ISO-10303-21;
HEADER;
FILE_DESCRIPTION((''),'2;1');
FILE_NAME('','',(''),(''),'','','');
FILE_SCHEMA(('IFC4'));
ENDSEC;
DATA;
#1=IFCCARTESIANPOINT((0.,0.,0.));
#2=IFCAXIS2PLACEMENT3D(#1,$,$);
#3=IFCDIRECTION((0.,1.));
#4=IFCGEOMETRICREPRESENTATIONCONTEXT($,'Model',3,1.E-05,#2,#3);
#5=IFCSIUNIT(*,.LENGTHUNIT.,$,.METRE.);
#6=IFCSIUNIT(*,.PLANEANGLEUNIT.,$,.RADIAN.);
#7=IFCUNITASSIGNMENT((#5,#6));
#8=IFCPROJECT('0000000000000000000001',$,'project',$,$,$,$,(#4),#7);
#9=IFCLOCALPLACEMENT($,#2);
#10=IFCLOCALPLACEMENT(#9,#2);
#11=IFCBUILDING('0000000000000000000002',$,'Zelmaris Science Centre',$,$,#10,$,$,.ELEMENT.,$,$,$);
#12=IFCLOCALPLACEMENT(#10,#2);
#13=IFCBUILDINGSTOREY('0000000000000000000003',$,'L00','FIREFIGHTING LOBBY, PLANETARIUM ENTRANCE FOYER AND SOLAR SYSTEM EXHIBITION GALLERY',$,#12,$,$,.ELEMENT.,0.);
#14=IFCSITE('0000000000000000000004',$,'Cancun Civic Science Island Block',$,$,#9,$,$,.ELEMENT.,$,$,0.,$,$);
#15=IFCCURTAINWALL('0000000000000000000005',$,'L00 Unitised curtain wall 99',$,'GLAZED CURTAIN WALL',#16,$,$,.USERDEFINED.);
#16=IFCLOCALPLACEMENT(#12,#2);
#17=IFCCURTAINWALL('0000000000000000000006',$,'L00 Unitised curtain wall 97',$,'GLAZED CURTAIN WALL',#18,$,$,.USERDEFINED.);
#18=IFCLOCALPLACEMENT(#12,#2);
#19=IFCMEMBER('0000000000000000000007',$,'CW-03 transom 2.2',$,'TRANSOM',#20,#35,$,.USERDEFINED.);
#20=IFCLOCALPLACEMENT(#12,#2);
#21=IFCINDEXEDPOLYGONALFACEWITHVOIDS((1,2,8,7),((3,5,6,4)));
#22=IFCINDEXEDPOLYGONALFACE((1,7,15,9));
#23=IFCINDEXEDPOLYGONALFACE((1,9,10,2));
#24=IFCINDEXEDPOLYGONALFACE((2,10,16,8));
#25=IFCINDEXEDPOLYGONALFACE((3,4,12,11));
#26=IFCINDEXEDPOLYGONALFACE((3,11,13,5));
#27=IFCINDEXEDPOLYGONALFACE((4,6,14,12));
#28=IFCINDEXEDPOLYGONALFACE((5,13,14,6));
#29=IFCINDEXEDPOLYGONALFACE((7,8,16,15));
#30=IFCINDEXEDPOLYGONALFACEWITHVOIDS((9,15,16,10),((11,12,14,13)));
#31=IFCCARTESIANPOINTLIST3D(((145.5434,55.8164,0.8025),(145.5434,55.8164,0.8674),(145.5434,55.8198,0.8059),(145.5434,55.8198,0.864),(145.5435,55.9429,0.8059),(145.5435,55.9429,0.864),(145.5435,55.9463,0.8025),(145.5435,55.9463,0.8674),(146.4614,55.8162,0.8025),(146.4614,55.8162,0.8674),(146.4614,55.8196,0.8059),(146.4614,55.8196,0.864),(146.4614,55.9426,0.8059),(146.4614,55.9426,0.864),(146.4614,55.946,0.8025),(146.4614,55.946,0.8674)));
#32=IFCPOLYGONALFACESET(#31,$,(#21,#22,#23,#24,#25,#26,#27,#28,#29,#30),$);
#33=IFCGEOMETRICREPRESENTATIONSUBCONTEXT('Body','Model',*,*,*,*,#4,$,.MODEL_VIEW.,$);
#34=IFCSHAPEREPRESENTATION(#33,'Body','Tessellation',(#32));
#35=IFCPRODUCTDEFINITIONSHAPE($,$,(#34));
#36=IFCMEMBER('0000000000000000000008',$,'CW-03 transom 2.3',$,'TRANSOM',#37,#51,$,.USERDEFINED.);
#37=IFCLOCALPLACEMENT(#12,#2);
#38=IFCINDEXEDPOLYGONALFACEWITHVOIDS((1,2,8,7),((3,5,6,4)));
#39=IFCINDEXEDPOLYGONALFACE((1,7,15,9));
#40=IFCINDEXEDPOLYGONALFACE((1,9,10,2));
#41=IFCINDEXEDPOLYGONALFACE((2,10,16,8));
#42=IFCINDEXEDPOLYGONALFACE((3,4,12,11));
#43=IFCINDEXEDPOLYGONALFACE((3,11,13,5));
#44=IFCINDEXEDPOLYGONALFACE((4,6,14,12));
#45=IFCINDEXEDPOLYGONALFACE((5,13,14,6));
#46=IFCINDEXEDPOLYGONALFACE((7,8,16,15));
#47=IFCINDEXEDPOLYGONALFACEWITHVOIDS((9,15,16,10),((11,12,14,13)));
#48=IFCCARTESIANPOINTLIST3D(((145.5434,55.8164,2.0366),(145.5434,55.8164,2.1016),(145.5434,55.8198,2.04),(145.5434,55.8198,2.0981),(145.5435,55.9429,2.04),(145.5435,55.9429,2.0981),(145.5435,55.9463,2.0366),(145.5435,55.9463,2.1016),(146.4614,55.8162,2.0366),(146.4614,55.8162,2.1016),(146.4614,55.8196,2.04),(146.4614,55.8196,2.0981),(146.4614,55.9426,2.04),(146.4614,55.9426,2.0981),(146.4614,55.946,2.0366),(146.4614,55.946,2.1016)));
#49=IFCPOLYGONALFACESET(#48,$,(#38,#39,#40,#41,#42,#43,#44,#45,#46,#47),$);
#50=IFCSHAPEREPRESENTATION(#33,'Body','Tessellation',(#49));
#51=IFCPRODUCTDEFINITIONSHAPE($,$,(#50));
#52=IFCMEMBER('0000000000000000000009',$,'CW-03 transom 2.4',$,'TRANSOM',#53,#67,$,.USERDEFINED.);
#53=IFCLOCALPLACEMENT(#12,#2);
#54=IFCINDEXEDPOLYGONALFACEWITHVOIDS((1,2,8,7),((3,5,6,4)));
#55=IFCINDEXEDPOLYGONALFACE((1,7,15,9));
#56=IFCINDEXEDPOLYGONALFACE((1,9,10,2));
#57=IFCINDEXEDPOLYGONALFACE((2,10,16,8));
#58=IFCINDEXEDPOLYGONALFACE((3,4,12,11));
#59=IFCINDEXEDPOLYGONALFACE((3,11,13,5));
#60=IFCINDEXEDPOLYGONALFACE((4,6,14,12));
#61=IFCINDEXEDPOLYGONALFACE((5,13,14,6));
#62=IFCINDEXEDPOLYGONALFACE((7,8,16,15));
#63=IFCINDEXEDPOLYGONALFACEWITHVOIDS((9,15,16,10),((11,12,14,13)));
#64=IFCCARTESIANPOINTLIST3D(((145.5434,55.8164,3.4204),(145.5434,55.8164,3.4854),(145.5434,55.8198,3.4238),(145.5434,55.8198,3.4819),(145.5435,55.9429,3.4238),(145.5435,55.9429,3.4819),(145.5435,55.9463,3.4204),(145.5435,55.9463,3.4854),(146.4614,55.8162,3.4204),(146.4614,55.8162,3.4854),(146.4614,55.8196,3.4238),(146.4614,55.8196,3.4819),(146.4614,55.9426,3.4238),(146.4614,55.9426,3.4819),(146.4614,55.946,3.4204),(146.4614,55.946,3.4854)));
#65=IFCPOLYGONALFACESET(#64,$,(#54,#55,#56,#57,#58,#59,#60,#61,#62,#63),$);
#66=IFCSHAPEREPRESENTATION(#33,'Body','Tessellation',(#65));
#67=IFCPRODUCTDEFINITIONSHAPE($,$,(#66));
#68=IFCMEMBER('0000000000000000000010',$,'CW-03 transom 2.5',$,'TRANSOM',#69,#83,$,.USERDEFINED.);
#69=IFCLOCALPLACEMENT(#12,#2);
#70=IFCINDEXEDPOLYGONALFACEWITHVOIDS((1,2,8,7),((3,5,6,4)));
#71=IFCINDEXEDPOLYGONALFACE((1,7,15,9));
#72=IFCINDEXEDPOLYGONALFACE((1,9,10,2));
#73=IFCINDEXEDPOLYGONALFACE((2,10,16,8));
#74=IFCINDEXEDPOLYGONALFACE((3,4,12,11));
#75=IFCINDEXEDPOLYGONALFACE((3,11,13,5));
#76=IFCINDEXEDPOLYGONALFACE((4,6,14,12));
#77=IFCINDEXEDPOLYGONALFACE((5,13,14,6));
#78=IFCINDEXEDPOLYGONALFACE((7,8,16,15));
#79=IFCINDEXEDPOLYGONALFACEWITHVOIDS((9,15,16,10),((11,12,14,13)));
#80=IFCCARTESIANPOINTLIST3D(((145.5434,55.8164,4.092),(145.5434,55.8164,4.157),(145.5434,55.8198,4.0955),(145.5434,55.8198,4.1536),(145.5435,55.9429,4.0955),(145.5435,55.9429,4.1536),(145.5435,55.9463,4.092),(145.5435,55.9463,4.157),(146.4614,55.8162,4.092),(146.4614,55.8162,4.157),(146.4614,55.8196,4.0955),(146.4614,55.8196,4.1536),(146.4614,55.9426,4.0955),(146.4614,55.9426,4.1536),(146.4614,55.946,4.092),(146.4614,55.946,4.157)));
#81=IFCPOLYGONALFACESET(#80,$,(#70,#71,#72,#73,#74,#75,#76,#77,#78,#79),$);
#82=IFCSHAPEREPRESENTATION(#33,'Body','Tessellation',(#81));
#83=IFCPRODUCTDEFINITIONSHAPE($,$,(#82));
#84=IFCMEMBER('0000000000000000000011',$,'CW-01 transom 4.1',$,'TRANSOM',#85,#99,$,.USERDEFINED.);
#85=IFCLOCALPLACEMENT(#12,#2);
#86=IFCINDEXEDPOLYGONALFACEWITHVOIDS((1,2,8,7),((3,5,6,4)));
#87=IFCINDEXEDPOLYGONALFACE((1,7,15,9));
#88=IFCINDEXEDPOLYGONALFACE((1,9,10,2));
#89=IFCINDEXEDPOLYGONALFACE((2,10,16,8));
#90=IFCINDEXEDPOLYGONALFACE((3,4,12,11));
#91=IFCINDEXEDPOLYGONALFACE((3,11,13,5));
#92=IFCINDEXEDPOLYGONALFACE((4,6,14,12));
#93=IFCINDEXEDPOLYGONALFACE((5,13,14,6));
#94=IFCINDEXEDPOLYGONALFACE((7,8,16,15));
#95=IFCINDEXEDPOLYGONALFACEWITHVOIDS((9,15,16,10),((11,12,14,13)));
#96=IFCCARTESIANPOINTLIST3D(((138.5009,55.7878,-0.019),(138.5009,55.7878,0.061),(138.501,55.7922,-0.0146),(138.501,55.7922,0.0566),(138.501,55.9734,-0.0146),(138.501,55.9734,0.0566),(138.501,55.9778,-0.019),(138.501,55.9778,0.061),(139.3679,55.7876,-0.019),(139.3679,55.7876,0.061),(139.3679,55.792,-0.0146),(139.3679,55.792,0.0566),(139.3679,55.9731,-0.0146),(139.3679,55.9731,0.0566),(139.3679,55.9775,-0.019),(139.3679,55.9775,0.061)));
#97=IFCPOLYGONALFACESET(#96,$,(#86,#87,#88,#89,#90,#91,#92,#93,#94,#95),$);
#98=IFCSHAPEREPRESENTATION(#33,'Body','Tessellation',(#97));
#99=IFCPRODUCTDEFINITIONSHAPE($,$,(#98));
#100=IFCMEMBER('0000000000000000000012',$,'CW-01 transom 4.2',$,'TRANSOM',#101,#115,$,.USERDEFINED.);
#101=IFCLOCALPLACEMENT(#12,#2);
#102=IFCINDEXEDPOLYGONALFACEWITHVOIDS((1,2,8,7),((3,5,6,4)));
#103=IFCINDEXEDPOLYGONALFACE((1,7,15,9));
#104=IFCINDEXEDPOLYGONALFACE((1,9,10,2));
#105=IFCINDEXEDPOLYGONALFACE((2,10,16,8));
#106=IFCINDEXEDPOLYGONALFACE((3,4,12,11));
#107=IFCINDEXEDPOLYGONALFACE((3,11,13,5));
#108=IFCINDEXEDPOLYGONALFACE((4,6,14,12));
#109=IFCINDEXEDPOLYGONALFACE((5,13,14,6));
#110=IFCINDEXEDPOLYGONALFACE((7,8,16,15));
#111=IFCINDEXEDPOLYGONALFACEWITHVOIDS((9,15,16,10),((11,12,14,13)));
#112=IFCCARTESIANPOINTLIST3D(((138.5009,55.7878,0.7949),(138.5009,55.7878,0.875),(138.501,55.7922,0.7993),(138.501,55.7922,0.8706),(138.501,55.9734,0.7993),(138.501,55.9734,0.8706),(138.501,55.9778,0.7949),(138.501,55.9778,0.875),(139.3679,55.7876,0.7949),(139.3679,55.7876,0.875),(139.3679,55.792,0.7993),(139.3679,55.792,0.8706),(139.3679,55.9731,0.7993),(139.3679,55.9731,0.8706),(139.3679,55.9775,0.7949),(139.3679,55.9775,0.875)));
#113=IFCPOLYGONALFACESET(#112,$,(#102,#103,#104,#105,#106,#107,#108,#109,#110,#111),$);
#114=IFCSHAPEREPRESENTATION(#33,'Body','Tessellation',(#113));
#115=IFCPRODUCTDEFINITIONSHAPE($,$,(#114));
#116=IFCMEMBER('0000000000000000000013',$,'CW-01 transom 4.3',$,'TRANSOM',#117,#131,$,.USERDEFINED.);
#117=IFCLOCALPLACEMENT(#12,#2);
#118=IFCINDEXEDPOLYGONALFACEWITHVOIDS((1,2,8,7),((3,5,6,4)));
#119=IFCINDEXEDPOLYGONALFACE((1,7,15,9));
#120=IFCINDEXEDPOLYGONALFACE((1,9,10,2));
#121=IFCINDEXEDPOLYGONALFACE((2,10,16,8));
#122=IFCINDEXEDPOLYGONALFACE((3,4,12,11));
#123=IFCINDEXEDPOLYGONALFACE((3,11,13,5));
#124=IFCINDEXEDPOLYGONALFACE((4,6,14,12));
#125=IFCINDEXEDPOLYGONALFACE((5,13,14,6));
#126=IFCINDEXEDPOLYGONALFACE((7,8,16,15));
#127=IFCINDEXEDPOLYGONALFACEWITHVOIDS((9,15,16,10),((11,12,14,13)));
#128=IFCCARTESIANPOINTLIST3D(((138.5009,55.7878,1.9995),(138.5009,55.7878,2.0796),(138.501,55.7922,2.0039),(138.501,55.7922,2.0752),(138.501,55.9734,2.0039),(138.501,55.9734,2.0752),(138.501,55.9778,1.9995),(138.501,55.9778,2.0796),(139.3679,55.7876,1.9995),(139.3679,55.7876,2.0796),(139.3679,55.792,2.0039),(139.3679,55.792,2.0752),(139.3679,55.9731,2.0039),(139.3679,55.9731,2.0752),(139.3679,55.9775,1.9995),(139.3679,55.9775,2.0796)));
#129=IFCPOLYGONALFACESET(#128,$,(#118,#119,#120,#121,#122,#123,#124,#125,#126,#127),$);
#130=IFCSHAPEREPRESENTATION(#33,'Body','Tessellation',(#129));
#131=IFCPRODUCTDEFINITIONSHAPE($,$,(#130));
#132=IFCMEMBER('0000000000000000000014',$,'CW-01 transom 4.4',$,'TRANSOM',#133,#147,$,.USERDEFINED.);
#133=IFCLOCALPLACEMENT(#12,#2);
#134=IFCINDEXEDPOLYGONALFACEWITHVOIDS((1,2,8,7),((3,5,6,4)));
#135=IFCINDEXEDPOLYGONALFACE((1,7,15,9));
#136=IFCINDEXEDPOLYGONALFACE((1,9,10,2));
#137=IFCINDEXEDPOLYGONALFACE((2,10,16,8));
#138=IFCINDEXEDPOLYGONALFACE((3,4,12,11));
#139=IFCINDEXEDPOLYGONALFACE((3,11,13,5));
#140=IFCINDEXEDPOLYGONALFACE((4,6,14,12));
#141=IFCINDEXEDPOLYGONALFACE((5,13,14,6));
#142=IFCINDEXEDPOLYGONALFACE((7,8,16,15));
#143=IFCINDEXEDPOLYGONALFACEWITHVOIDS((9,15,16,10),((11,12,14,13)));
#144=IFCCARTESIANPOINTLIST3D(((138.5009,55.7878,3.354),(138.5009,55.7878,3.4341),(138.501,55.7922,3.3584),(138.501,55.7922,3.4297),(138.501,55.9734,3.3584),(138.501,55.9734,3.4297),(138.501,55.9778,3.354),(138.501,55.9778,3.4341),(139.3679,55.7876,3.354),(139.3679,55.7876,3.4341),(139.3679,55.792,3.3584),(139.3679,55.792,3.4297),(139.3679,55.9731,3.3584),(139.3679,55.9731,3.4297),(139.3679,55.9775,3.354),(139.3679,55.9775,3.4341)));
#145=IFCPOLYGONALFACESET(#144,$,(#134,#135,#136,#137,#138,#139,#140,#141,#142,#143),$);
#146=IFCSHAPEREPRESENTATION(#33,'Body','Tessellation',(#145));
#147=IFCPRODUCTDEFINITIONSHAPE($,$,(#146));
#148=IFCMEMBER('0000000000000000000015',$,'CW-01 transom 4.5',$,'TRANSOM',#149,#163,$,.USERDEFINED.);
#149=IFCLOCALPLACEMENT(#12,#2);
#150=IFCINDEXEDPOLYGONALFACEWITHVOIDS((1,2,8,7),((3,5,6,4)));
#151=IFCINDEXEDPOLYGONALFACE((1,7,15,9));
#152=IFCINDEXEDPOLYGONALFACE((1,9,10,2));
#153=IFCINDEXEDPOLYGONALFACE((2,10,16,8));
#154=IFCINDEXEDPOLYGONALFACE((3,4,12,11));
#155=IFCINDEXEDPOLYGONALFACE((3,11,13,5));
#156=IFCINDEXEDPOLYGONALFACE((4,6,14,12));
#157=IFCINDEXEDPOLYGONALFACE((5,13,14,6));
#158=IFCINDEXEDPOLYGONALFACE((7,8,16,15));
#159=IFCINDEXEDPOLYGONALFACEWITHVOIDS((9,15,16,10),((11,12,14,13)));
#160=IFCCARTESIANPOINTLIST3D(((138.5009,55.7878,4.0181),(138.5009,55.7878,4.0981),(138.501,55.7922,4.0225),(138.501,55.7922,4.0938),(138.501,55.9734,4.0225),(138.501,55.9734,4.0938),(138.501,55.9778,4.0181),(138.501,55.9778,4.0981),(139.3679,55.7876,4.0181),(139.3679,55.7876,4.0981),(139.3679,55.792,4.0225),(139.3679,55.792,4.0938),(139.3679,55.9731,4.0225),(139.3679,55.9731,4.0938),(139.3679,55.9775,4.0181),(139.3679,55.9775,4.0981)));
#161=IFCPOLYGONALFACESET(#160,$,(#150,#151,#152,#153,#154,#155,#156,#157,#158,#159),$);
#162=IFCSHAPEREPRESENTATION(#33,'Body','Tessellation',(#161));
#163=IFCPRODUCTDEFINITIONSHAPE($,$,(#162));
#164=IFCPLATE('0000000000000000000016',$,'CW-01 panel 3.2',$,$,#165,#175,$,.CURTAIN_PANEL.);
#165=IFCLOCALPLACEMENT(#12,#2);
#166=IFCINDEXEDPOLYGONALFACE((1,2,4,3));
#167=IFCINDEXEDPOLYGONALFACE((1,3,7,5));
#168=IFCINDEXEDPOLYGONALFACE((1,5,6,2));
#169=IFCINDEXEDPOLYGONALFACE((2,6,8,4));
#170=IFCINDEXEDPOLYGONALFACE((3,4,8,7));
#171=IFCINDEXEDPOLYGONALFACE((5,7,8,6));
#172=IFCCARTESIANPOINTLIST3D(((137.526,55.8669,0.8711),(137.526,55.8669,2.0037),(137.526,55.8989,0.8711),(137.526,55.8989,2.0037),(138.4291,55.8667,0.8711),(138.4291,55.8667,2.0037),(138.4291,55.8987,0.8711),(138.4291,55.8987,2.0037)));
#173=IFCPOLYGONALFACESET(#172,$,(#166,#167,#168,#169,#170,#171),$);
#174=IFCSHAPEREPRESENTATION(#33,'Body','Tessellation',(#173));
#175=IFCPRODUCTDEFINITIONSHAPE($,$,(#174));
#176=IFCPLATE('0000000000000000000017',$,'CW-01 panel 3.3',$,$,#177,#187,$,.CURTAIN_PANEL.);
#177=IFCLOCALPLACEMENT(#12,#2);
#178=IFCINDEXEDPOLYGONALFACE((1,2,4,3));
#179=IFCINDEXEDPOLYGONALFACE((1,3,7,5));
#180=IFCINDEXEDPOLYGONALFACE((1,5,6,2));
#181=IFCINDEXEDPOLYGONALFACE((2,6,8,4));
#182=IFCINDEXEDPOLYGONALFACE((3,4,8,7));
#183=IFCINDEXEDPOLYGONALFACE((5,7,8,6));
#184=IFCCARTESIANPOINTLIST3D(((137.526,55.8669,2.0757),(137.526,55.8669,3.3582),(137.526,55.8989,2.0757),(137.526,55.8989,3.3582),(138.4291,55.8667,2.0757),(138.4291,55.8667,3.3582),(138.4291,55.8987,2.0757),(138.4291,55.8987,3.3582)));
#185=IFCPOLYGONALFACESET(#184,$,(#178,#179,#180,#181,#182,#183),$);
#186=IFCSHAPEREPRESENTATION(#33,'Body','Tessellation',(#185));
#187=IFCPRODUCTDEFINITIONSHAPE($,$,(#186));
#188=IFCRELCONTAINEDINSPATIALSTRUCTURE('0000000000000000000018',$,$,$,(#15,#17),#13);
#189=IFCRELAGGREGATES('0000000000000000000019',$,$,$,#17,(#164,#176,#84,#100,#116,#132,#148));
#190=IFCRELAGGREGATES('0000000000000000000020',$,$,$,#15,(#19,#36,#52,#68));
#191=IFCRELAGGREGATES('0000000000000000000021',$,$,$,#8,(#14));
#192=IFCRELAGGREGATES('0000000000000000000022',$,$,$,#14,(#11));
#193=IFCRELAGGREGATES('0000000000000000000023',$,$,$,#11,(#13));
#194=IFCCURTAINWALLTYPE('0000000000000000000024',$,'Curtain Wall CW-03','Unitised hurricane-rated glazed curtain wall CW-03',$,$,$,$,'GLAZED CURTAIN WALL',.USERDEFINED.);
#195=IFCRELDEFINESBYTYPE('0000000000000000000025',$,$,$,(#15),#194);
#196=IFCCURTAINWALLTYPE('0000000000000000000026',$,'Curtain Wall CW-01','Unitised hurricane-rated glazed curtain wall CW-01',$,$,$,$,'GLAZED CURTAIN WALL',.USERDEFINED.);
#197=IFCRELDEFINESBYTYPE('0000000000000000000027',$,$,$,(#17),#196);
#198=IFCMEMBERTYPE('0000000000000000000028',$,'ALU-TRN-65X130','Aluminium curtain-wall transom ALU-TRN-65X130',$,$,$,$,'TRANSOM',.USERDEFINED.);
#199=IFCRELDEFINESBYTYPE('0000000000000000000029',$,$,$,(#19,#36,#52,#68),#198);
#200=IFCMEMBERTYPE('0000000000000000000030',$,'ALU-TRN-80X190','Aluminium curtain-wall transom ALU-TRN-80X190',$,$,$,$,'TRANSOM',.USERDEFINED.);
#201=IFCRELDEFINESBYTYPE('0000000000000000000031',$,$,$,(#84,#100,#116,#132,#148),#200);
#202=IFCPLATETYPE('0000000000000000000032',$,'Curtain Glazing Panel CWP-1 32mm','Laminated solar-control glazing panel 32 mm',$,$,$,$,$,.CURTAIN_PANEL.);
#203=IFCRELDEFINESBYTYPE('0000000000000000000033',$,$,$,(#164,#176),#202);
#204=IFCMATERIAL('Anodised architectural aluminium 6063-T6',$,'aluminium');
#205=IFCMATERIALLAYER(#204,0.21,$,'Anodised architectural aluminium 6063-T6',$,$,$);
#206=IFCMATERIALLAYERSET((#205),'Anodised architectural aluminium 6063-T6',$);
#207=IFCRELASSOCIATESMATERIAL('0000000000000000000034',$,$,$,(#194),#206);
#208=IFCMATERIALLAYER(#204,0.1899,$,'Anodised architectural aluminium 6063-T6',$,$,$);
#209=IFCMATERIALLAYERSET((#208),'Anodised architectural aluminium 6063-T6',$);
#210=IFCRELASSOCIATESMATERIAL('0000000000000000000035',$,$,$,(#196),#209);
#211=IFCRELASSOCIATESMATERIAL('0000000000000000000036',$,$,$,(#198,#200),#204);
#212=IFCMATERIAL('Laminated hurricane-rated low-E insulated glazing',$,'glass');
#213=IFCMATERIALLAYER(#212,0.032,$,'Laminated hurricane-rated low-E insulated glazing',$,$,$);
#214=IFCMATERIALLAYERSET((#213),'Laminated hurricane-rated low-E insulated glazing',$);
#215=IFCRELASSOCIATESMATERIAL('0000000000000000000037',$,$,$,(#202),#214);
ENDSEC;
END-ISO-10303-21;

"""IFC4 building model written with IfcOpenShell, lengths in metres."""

from ifc_helpers import new_model, si_unit, direction, frame, origin, origin_2d, place, context, subcontext, project, spatial, rectangle, hollow_rectangle, extrude, material, layer, layer_set, material_profile, profile_set, type_object, element, aggregate, save


model = new_model("IFC4")

# Units and contexts
model_context = context("Model", 3, precision=1e-05, world=origin(), true_north=direction((0.0, 1.0)))
body_context = subcontext(model_context, "Body", "Model", "MODEL_VIEW")
ifc_project = project(units=[si_unit("LENGTHUNIT", "METRE"), si_unit("PLANEANGLEUNIT", "RADIAN")], contexts=[model_context])

# Site, building, storey
site_placement = place(None, origin())
site = spatial("IfcSite", under=ifc_project, at=site_placement, Name="Cancun Civic Science Island Block", CompositionType="ELEMENT", RefElevation=0.0)
building_placement = place(site_placement, origin())
building = spatial("IfcBuilding", under=site, at=building_placement, Name="Zelmaris Science Centre", CompositionType="ELEMENT")
storey_placement = place(building_placement, origin())
storey = spatial("IfcBuildingStorey", under=building, at=storey_placement, Name="L00", Description="FIREFIGHTING LOBBY, PLANETARIUM ENTRANCE FOYER AND SOLAR SYSTEM EXHIBITION GALLERY", CompositionType="ELEMENT", Elevation=0.0)

# Curtain walls
ifc_material_1 = material(Name="Anodised architectural aluminium 6063-T6", Category="aluminium")
ifc_layer_1 = layer(ifc_material_1, 0.21, Name="Anodised architectural aluminium 6063-T6")
ifc_layer_set_1 = layer_set([ifc_layer_1], Name="Anodised architectural aluminium 6063-T6")
curtain_wall_type_1 = type_object("IfcCurtainWallType", Name="Curtain Wall CW-03", Description="Unitised hurricane-rated glazed curtain wall CW-03", ElementType="GLAZED CURTAIN WALL", PredefinedType="USERDEFINED", material=ifc_layer_set_1)
curtain_wall_1_placement = place(storey_placement, origin())
curtain_wall_1 = element("IfcCurtainWall", 1, at=curtain_wall_1_placement, inside=storey, type_object=curtain_wall_type_1, Name="L00 Unitised curtain wall 99", ObjectType="GLAZED CURTAIN WALL", PredefinedType="USERDEFINED")
ifc_layer_2 = layer(ifc_material_1, 0.1899, Name="Anodised architectural aluminium 6063-T6")
ifc_layer_set_2 = layer_set([ifc_layer_2], Name="Anodised architectural aluminium 6063-T6")
curtain_wall_type_2 = type_object("IfcCurtainWallType", Name="Curtain Wall CW-01", Description="Unitised hurricane-rated glazed curtain wall CW-01", ElementType="GLAZED CURTAIN WALL", PredefinedType="USERDEFINED", material=ifc_layer_set_2)
curtain_wall_2_placement = place(storey_placement, origin())
curtain_wall_2 = element("IfcCurtainWall", 2, at=curtain_wall_2_placement, inside=storey, type_object=curtain_wall_type_2, Name="L00 Unitised curtain wall 97", ObjectType="GLAZED CURTAIN WALL", PredefinedType="USERDEFINED")

# Members
ifc_material_profile_1 = material_profile(ifc_material_1, hollow_rectangle(XDim=0.0649, YDim=0.1299, WallThickness=0.0034, at=origin_2d()), Name="ALU-TRN-65X130")
ifc_profile_set_1 = profile_set([ifc_material_profile_1], Name="Anodised architectural aluminium 6063-T6")
member_type_1 = type_object("IfcMemberType", Name="ALU-TRN-65X130", Description="Aluminium curtain-wall transom ALU-TRN-65X130", ElementType="TRANSOM", PredefinedType="USERDEFINED", material=ifc_profile_set_1)
member_1_placement = place(storey_placement, frame((145.5435, 55.8813, 0.835), z_axis=(1.0, -0.000266, 0.0), x_axis=(0.0, 0.0, 1.0)))
member_1 = element("IfcMember", 3, at=member_1_placement, type_object=member_type_1, Name="CW-03 transom 2.2", ObjectType="TRANSOM", PredefinedType="USERDEFINED", context=body_context, shape_type="SweptSolid", body=[
    extrude(hollow_rectangle(XDim=0.0649, YDim=0.1299, WallThickness=0.0034, at=origin_2d()), origin(), (0.0, 0.0, 1.0), 0.918),
])
member_2_placement = place(storey_placement, frame((145.5435, 55.8813, 2.0691), z_axis=(1.0, -0.000266, 0.0), x_axis=(0.0, 0.0, 1.0)))
member_2 = element("IfcMember", 4, at=member_2_placement, type_object=member_type_1, Name="CW-03 transom 2.3", ObjectType="TRANSOM", PredefinedType="USERDEFINED", context=body_context, shape_type="SweptSolid", body=[
    extrude(hollow_rectangle(XDim=0.0649, YDim=0.1299, WallThickness=0.0034, at=origin_2d()), origin(), (0.0, 0.0, 1.0), 0.918),
])
member_3_placement = place(storey_placement, frame((145.5435, 55.8813, 3.4529), z_axis=(1.0, -0.000266, 0.0), x_axis=(0.0, 0.0, 1.0)))
member_3 = element("IfcMember", 5, at=member_3_placement, type_object=member_type_1, Name="CW-03 transom 2.4", ObjectType="TRANSOM", PredefinedType="USERDEFINED", context=body_context, shape_type="SweptSolid", body=[
    extrude(hollow_rectangle(XDim=0.0649, YDim=0.1299, WallThickness=0.0034, at=origin_2d()), origin(), (0.0, 0.0, 1.0), 0.918),
])
member_4_placement = place(storey_placement, frame((145.5435, 55.8813, 4.1245), z_axis=(1.0, -0.000266, 0.0), x_axis=(0.0, 0.0, 1.0)))
member_4 = element("IfcMember", 6, at=member_4_placement, type_object=member_type_1, Name="CW-03 transom 2.5", ObjectType="TRANSOM", PredefinedType="USERDEFINED", context=body_context, shape_type="SweptSolid", body=[
    extrude(hollow_rectangle(XDim=0.0649, YDim=0.1299, WallThickness=0.0034, at=origin_2d()), origin(), (0.0, 0.0, 1.0), 0.918),
])
ifc_material_profile_2 = material_profile(ifc_material_1, hollow_rectangle(XDim=0.0801, YDim=0.1899, WallThickness=0.0044, at=origin_2d()), Name="ALU-TRN-80X190")
ifc_profile_set_2 = profile_set([ifc_material_profile_2], Name="Anodised architectural aluminium 6063-T6")
member_type_2 = type_object("IfcMemberType", Name="ALU-TRN-80X190", Description="Aluminium curtain-wall transom ALU-TRN-80X190", ElementType="TRANSOM", PredefinedType="USERDEFINED", material=ifc_profile_set_2)
member_5_placement = place(storey_placement, frame((138.501, 55.8828, 0.021), z_axis=(1.0, -0.000282, 0.0), x_axis=(0.0, 0.0, 1.0)))
member_5 = element("IfcMember", 7, at=member_5_placement, type_object=member_type_2, Name="CW-01 transom 4.1", ObjectType="TRANSOM", PredefinedType="USERDEFINED", context=body_context, shape_type="SweptSolid", body=[
    extrude(hollow_rectangle(XDim=0.0801, YDim=0.1899, WallThickness=0.0044, at=origin_2d()), origin(), (0.0, 0.0, 1.0), 0.8669),
])
member_6_placement = place(storey_placement, frame((138.501, 55.8828, 0.835), z_axis=(1.0, -0.000282, 0.0), x_axis=(0.0, 0.0, 1.0)))
member_6 = element("IfcMember", 8, at=member_6_placement, type_object=member_type_2, Name="CW-01 transom 4.2", ObjectType="TRANSOM", PredefinedType="USERDEFINED", context=body_context, shape_type="SweptSolid", body=[
    extrude(hollow_rectangle(XDim=0.0801, YDim=0.1899, WallThickness=0.0044, at=origin_2d()), origin(), (0.0, 0.0, 1.0), 0.8669),
])
member_7_placement = place(storey_placement, frame((138.501, 55.8828, 2.0396), z_axis=(1.0, -0.000282, 0.0), x_axis=(0.0, 0.0, 1.0)))
member_7 = element("IfcMember", 9, at=member_7_placement, type_object=member_type_2, Name="CW-01 transom 4.3", ObjectType="TRANSOM", PredefinedType="USERDEFINED", context=body_context, shape_type="SweptSolid", body=[
    extrude(hollow_rectangle(XDim=0.0801, YDim=0.1899, WallThickness=0.0044, at=origin_2d()), origin(), (0.0, 0.0, 1.0), 0.8669),
])
member_8_placement = place(storey_placement, frame((138.501, 55.8828, 3.394), z_axis=(1.0, -0.000282, 0.0), x_axis=(0.0, 0.0, 1.0)))
member_8 = element("IfcMember", 10, at=member_8_placement, type_object=member_type_2, Name="CW-01 transom 4.4", ObjectType="TRANSOM", PredefinedType="USERDEFINED", context=body_context, shape_type="SweptSolid", body=[
    extrude(hollow_rectangle(XDim=0.0801, YDim=0.1899, WallThickness=0.0044, at=origin_2d()), origin(), (0.0, 0.0, 1.0), 0.8669),
])
member_9_placement = place(storey_placement, frame((138.501, 55.8828, 4.0581), z_axis=(1.0, -0.000282, 0.0), x_axis=(0.0, 0.0, 1.0)))
member_9 = element("IfcMember", 11, at=member_9_placement, type_object=member_type_2, Name="CW-01 transom 4.5", ObjectType="TRANSOM", PredefinedType="USERDEFINED", context=body_context, shape_type="SweptSolid", body=[
    extrude(hollow_rectangle(XDim=0.0801, YDim=0.1899, WallThickness=0.0044, at=origin_2d()), origin(), (0.0, 0.0, 1.0), 0.8669),
])

# Plates
ifc_material_2 = material(Name="Laminated hurricane-rated low-E insulated glazing", Category="glass")
ifc_layer_3 = layer(ifc_material_2, 0.032, Name="Laminated hurricane-rated low-E insulated glazing")
ifc_layer_set_3 = layer_set([ifc_layer_3], Name="Laminated hurricane-rated low-E insulated glazing")
plate_type_1 = type_object("IfcPlateType", Name="Curtain Glazing Panel CWP-1 32mm", Description="Laminated solar-control glazing panel 32 mm", PredefinedType="CURTAIN_PANEL", material=ifc_layer_set_3)
plate_1_placement = place(storey_placement, frame((137.9775, 55.8828, 0.8711), z_axis=(0.0, 0.0, 1.0), x_axis=(1.0, -0.000179, 0.0)))
plate_1 = element("IfcPlate", 12, at=plate_1_placement, type_object=plate_type_1, Name="CW-01 panel 3.2", PredefinedType="CURTAIN_PANEL", context=body_context, shape_type="SweptSolid", body=[
    extrude(rectangle(XDim=0.9031, YDim=0.032, at=origin_2d()), origin(), (0.0, 0.0, 1.0), 1.1326),
])
plate_2_placement = place(storey_placement, frame((137.9775, 55.8828, 2.0757), z_axis=(0.0, 0.0, 1.0), x_axis=(1.0, -0.000179, 0.0)))
plate_2 = element("IfcPlate", 13, at=plate_2_placement, type_object=plate_type_1, Name="CW-01 panel 3.3", PredefinedType="CURTAIN_PANEL", context=body_context, shape_type="SweptSolid", body=[
    extrude(rectangle(XDim=0.9031, YDim=0.032, at=origin_2d()), origin(), (0.0, 0.0, 1.0), 1.2825),
])
aggregate(curtain_wall_2, [plate_1, plate_2, member_5, member_6, member_7, member_8, member_9])
aggregate(curtain_wall_1, [member_1, member_2, member_3, member_4])

save(model, "model.ifc")
